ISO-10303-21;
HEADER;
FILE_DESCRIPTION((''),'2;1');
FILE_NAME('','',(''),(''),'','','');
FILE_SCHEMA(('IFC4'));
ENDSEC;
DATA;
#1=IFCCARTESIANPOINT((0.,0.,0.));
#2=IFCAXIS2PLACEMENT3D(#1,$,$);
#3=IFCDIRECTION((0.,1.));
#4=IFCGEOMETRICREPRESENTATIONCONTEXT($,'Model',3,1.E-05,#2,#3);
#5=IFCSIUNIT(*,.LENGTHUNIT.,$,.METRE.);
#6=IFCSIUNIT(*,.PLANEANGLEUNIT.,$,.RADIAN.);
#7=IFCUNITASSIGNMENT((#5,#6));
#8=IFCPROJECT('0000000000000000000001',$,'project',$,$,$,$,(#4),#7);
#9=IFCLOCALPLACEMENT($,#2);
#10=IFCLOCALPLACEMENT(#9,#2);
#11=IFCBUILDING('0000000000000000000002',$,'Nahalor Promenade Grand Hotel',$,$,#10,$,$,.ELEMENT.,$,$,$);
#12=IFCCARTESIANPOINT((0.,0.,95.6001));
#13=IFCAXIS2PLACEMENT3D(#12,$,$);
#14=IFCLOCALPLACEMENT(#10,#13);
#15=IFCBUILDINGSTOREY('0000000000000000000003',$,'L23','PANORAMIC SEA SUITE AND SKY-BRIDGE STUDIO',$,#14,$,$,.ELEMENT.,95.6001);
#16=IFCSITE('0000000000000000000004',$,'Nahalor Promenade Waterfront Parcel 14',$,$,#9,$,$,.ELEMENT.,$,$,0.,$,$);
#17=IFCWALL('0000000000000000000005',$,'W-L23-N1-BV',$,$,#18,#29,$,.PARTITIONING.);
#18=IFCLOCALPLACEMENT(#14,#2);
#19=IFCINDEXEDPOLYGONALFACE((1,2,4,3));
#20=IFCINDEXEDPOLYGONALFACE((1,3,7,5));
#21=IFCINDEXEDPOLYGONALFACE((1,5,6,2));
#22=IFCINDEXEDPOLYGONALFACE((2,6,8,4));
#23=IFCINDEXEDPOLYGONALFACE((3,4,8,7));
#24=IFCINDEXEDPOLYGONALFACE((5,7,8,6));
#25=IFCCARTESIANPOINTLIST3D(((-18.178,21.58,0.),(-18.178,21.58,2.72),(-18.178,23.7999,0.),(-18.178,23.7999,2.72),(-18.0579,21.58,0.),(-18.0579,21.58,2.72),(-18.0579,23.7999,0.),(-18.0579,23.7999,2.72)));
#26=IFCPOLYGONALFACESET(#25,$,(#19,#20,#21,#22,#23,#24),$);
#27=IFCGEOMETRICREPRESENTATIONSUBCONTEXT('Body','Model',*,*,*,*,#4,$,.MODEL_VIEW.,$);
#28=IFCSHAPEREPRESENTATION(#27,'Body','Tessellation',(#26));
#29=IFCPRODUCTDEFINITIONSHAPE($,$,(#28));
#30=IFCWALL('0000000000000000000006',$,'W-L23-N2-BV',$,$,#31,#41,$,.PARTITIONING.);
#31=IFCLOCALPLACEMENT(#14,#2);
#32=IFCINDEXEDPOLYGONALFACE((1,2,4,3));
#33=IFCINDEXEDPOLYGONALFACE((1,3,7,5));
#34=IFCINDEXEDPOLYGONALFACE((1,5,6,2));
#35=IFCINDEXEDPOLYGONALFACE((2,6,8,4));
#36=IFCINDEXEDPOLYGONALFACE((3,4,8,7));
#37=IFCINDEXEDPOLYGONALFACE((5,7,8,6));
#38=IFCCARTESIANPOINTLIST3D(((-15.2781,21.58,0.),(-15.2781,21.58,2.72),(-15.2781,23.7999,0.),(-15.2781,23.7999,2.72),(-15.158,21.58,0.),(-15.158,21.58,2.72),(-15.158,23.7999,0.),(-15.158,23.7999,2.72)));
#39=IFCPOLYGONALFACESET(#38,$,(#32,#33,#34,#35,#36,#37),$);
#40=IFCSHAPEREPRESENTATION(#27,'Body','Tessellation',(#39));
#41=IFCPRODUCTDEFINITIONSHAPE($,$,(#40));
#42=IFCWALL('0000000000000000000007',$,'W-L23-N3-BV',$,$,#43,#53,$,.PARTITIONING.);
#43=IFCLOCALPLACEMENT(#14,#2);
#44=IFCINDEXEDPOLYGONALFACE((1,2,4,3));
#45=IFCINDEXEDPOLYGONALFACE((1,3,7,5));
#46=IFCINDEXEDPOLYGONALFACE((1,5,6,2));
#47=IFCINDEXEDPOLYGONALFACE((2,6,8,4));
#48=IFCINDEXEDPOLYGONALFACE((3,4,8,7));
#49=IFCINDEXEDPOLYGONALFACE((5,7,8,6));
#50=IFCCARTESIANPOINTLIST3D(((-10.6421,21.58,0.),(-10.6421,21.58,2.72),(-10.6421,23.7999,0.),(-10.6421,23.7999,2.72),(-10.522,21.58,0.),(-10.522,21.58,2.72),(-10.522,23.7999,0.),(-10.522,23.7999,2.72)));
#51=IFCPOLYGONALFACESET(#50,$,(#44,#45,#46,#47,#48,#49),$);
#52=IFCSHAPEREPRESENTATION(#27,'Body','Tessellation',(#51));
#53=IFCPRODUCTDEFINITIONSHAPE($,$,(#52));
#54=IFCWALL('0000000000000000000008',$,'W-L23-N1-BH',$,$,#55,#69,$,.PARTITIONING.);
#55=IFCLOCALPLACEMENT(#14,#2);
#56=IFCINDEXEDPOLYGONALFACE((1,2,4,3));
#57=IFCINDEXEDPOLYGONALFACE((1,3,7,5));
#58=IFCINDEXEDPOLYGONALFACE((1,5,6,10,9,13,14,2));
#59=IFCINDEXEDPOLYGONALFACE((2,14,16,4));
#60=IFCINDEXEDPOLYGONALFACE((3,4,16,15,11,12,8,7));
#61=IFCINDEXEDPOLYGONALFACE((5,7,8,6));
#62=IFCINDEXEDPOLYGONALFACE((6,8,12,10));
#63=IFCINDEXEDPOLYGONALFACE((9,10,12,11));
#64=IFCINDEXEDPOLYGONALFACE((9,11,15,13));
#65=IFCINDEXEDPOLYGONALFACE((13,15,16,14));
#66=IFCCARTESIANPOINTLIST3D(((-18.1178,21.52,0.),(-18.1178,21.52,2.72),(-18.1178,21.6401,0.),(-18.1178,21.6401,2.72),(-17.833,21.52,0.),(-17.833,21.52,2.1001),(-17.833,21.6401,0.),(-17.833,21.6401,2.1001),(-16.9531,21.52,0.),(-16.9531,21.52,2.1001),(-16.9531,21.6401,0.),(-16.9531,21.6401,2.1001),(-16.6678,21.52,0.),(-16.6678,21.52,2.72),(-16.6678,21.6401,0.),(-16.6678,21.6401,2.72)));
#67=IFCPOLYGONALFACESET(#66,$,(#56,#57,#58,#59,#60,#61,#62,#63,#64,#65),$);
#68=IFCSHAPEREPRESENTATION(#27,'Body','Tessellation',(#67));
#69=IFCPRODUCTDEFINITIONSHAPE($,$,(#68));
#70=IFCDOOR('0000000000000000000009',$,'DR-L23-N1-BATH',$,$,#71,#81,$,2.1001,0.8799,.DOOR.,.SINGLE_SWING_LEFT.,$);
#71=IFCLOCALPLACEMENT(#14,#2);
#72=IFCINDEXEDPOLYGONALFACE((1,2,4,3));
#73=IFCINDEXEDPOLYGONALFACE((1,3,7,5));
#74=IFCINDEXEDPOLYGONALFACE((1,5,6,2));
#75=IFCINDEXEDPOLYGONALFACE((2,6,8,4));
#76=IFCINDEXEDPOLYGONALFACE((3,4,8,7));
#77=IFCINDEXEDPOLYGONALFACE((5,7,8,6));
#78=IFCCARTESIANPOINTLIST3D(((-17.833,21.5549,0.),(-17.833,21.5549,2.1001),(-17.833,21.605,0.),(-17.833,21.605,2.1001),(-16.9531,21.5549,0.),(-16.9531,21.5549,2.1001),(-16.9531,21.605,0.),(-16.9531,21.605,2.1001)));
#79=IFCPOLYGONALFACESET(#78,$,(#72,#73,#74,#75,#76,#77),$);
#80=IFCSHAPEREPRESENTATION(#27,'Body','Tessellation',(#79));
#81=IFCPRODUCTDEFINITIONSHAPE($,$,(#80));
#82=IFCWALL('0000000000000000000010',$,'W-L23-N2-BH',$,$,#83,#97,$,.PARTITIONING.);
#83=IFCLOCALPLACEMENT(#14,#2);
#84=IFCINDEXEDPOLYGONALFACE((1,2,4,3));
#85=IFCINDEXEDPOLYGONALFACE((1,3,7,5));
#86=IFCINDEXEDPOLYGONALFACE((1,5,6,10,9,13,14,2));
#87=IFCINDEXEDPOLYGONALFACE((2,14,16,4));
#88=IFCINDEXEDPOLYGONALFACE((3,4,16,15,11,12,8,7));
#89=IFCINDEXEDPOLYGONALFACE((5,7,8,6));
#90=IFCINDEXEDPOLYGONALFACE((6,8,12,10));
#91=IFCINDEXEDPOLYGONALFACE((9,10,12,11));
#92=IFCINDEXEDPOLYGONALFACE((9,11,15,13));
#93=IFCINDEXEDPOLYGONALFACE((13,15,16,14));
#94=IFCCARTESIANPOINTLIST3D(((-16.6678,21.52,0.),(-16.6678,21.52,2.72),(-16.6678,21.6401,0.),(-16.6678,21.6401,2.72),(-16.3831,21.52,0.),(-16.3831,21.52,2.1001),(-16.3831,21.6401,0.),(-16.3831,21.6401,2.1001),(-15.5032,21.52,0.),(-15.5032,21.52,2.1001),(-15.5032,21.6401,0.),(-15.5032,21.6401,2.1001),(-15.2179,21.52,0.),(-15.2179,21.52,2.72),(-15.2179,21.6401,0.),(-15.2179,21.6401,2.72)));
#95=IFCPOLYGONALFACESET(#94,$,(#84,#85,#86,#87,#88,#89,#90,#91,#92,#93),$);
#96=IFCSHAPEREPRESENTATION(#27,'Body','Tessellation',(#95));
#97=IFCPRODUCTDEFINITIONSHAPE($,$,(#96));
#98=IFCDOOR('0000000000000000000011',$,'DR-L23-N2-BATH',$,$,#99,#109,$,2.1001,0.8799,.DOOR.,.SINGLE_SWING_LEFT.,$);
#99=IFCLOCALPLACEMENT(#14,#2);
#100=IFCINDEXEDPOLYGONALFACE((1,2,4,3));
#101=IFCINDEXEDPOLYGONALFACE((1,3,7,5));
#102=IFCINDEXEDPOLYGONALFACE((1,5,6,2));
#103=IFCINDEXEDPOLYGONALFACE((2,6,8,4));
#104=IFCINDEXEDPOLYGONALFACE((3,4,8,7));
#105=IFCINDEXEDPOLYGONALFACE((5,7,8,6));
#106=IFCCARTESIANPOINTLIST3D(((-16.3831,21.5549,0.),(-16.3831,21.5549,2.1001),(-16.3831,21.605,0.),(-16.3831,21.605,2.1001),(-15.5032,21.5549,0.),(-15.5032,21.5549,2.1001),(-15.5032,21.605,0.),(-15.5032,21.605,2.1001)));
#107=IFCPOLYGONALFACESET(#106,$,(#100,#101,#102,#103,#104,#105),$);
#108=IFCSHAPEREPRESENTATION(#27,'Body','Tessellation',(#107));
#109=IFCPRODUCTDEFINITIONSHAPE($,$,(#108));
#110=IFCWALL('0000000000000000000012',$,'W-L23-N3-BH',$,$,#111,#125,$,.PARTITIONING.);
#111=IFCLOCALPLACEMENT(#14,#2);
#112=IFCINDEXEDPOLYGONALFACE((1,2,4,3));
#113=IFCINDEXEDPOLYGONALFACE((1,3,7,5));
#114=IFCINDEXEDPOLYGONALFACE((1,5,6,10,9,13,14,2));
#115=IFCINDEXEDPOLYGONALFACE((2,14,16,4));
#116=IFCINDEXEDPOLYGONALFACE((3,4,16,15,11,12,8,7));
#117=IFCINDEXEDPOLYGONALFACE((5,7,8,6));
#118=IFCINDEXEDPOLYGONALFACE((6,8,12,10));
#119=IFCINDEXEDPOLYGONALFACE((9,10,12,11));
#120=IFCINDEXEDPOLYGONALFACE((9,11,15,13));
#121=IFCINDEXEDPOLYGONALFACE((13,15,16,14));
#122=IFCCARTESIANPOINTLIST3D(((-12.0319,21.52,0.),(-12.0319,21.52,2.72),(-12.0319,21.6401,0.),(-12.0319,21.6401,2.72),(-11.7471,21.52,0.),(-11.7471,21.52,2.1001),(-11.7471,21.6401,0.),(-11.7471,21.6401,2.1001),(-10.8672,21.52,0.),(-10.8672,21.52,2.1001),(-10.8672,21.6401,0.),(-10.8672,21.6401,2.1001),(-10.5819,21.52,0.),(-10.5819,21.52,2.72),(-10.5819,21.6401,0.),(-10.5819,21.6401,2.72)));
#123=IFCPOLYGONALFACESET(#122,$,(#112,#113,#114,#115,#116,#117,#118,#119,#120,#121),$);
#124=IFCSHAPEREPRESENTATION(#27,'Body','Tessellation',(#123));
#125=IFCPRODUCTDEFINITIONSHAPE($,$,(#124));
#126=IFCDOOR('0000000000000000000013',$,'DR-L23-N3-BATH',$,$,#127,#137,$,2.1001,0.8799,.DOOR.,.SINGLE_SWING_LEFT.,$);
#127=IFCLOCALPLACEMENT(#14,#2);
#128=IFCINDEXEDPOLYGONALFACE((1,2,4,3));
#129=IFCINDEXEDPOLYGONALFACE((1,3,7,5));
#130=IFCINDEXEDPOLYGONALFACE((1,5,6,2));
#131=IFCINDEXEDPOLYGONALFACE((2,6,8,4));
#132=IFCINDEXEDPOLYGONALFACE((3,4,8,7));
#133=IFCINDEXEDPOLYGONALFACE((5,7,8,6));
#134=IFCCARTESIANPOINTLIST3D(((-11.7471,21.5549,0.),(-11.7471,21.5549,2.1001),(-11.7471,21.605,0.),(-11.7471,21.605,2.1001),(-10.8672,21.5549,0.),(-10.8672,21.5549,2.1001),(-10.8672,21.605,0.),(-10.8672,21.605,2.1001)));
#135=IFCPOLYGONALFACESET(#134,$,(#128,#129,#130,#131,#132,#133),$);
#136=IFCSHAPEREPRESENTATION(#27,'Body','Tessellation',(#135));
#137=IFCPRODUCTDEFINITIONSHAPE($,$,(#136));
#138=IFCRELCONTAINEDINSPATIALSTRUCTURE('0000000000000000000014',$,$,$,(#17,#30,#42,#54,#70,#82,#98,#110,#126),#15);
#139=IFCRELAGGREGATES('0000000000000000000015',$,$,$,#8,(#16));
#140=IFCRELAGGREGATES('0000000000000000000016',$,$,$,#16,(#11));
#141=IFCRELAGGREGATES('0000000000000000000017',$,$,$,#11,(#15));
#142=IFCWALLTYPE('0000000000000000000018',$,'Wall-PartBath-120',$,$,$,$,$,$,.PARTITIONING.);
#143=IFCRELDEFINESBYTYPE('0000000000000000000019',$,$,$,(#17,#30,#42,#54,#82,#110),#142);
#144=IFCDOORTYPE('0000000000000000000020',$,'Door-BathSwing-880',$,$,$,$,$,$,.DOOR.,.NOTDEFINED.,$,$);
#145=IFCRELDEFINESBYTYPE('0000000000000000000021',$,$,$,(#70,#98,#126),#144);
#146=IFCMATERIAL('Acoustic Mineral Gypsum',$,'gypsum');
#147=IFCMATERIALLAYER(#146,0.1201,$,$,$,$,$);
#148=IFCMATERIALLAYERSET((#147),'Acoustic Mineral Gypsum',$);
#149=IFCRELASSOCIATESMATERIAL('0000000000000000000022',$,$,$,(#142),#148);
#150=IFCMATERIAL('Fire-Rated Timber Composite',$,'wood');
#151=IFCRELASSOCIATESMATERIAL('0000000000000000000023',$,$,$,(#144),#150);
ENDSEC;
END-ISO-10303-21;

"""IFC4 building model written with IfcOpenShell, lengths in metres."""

from ifc_helpers import new_model, si_unit, direction, frame, frame_2d, origin, place, context, subcontext, project, spatial, rectangle, extrude, source, transform, mapped, material, layer, layer_set, type_object, element, fill, save


model = new_model("IFC4")

# Units and contexts
model_context = context("Model", 3, precision=1e-05, world=origin(), true_north=direction((0.0, 1.0)))
body_context = subcontext(model_context, "Body", "Model", "MODEL_VIEW")
ifc_project = project(units=[si_unit("LENGTHUNIT", "METRE"), si_unit("PLANEANGLEUNIT", "RADIAN")], contexts=[model_context])

# Site, building, storey
site_placement = place(None, origin())
site = spatial("IfcSite", under=ifc_project, at=site_placement, Name="Nahalor Promenade Waterfront Parcel 14", CompositionType="ELEMENT", RefElevation=0.0)
building_placement = place(site_placement, origin())
building = spatial("IfcBuilding", under=site, at=building_placement, Name="Nahalor Promenade Grand Hotel", CompositionType="ELEMENT")
storey_placement = place(building_placement, frame((0.0, 0.0, 95.6001)))
storey = spatial("IfcBuildingStorey", under=building, at=storey_placement, Name="L23", Description="PANORAMIC SEA SUITE AND SKY-BRIDGE STUDIO", CompositionType="ELEMENT", Elevation=95.6001)

# Walls
ifc_material_1 = material(Name="Acoustic Mineral Gypsum", Category="gypsum")
ifc_layer_1 = layer(ifc_material_1, 0.1201)
ifc_layer_set_1 = layer_set([ifc_layer_1], Name="Acoustic Mineral Gypsum")
wall_type_1 = type_object("IfcWallType", Name="Wall-PartBath-120", PredefinedType="PARTITIONING", material=ifc_layer_set_1)
shared_shape_1 = source(origin(), body_context, "Body", "SweptSolid", [
    extrude(rectangle(XDim=2.22, YDim=0.1201, at=frame_2d((1.1099, 0.0))), origin(), (0.0, 0.0, 1.0), 2.72),
])
for number, where, z_axis, x_axis, name in (
    (1, (-18.1179, 21.5801, 0.0), (0.0, 0.0, 1.0), (0.0, 1.0, 0.0), "W-L23-N1-BV"),
    (2, (-15.218, 21.5801, 0.0), (0.0, 0.0, 1.0), (0.0, 1.0, 0.0), "W-L23-N2-BV"),
    (3, (-10.582, 21.5801, 0.0), (0.0, 0.0, 1.0), (0.0, 1.0, 0.0), "W-L23-N3-BV"),
):
    element("IfcWall", number, at=place(storey_placement, frame(where, z_axis=z_axis, x_axis=x_axis)), inside=storey, type_object=wall_type_1, Name=name, PredefinedType="PARTITIONING", context=body_context, shape_type="MappedRepresentation", body=[
        mapped(shared_shape_1, transform((0.0, 0.0, 0.0), scale=1.0)),
    ])

# Walls, openings, doors
shared_shape_2 = source(origin(), body_context, "Body", "SweptSolid", [
    extrude(rectangle(XDim=1.45, YDim=0.1201, at=frame_2d((0.7251, 0.0))), origin(), (0.0, 0.0, 1.0), 2.72),
])
wall_1_placement = place(storey_placement, frame((-18.1179, 21.5801, 0.0), z_axis=(0.0, 0.0, 1.0), x_axis=(1.0, 0.0, 0.0)))
wall_1 = element("IfcWall", 4, at=wall_1_placement, inside=storey, type_object=wall_type_1, Name="W-L23-N1-BH", PredefinedType="PARTITIONING", context=body_context, shape_type="MappedRepresentation", body=[
    mapped(shared_shape_2, transform((0.0, 0.0, 0.0), scale=1.0)),
])
opening_1_placement = place(wall_1_placement, frame((0.2849, 0.0, 0.0)))
opening_1 = element("IfcOpeningElement", 5, at=opening_1_placement, cuts=wall_1, PredefinedType="OPENING", context=body_context, shape_type="SweptSolid", body=[
    extrude(rectangle(XDim=0.8799, YDim=2.1001, at=frame_2d((0.4399, 1.05))), frame((0.0, 0.0701, 0.0), z_axis=(0.0, -1.0, 0.0), x_axis=(1.0, 0.0, 0.0)), (0.0, 0.0, 1.0), 0.1401),
])
ifc_material_2 = material(Name="Fire-Rated Timber Composite", Category="wood")
door_type = type_object("IfcDoorType", Name="Door-BathSwing-880", OperationType="NOTDEFINED", PredefinedType="DOOR", material=ifc_material_2)
shared_shape_3 = source(origin(), body_context, "Body", "SweptSolid", [
    extrude(rectangle(XDim=0.8799, YDim=2.1001, at=frame_2d((0.4399, 1.05))), frame((0.0, 0.0249, 0.0), z_axis=(0.0, -1.0, 0.0), x_axis=(1.0, 0.0, 0.0)), (0.0, 0.0, 1.0), 0.05),
])
door_1_placement = place(opening_1_placement, origin())
door_1 = element("IfcDoor", 6, at=door_1_placement, inside=storey, type_object=door_type, Name="DR-L23-N1-BATH", OperationType="SINGLE_SWING_LEFT", OverallHeight=2.1001, OverallWidth=0.8799, PredefinedType="DOOR", context=body_context, shape_type="MappedRepresentation", body=[
    mapped(shared_shape_3, transform((0.0, 0.0, 0.0), scale=1.0)),
])
fill(opening_1, door_1)
wall_2_placement = place(storey_placement, frame((-16.668, 21.5801, 0.0), z_axis=(0.0, 0.0, 1.0), x_axis=(1.0, 0.0, 0.0)))
wall_2 = element("IfcWall", 7, at=wall_2_placement, inside=storey, type_object=wall_type_1, Name="W-L23-N2-BH", PredefinedType="PARTITIONING", context=body_context, shape_type="MappedRepresentation", body=[
    mapped(shared_shape_2, transform((0.0, 0.0, 0.0), scale=1.0)),
])
opening_2_placement = place(wall_2_placement, frame((0.2849, 0.0, 0.0)))
opening_2 = element("IfcOpeningElement", 8, at=opening_2_placement, cuts=wall_2, PredefinedType="OPENING", context=body_context, shape_type="SweptSolid", body=[
    extrude(rectangle(XDim=0.8799, YDim=2.1001, at=frame_2d((0.4399, 1.05))), frame((0.0, 0.0701, 0.0), z_axis=(0.0, -1.0, 0.0), x_axis=(1.0, 0.0, 0.0)), (0.0, 0.0, 1.0), 0.1401),
])
door_2_placement = place(opening_2_placement, origin())
door_2 = element("IfcDoor", 9, at=door_2_placement, inside=storey, type_object=door_type, Name="DR-L23-N2-BATH", OperationType="SINGLE_SWING_LEFT", OverallHeight=2.1001, OverallWidth=0.8799, PredefinedType="DOOR", context=body_context, shape_type="MappedRepresentation", body=[
    mapped(shared_shape_3, transform((0.0, 0.0, 0.0), scale=1.0)),
])
fill(opening_2, door_2)
wall_3_placement = place(storey_placement, frame((-12.032, 21.5801, 0.0), z_axis=(0.0, 0.0, 1.0), x_axis=(1.0, 0.0, 0.0)))
wall_3 = element("IfcWall", 10, at=wall_3_placement, inside=storey, type_object=wall_type_1, Name="W-L23-N3-BH", PredefinedType="PARTITIONING", context=body_context, shape_type="MappedRepresentation", body=[
    mapped(shared_shape_2, transform((0.0, 0.0, 0.0), scale=1.0)),
])
opening_3_placement = place(wall_3_placement, frame((0.2849, 0.0, 0.0)))
opening_3 = element("IfcOpeningElement", 11, at=opening_3_placement, cuts=wall_3, PredefinedType="OPENING", context=body_context, shape_type="SweptSolid", body=[
    extrude(rectangle(XDim=0.8799, YDim=2.1001, at=frame_2d((0.4399, 1.05))), frame((0.0, 0.0701, 0.0), z_axis=(0.0, -1.0, 0.0), x_axis=(1.0, 0.0, 0.0)), (0.0, 0.0, 1.0), 0.1401),
])
door_3_placement = place(opening_3_placement, origin())
door_3 = element("IfcDoor", 12, at=door_3_placement, inside=storey, type_object=door_type, Name="DR-L23-N3-BATH", OperationType="SINGLE_SWING_LEFT", OverallHeight=2.1001, OverallWidth=0.8799, PredefinedType="DOOR", context=body_context, shape_type="MappedRepresentation", body=[
    mapped(shared_shape_3, transform((0.0, 0.0, 0.0), scale=1.0)),
])
fill(opening_3, door_3)

save(model, "model.ifc")
